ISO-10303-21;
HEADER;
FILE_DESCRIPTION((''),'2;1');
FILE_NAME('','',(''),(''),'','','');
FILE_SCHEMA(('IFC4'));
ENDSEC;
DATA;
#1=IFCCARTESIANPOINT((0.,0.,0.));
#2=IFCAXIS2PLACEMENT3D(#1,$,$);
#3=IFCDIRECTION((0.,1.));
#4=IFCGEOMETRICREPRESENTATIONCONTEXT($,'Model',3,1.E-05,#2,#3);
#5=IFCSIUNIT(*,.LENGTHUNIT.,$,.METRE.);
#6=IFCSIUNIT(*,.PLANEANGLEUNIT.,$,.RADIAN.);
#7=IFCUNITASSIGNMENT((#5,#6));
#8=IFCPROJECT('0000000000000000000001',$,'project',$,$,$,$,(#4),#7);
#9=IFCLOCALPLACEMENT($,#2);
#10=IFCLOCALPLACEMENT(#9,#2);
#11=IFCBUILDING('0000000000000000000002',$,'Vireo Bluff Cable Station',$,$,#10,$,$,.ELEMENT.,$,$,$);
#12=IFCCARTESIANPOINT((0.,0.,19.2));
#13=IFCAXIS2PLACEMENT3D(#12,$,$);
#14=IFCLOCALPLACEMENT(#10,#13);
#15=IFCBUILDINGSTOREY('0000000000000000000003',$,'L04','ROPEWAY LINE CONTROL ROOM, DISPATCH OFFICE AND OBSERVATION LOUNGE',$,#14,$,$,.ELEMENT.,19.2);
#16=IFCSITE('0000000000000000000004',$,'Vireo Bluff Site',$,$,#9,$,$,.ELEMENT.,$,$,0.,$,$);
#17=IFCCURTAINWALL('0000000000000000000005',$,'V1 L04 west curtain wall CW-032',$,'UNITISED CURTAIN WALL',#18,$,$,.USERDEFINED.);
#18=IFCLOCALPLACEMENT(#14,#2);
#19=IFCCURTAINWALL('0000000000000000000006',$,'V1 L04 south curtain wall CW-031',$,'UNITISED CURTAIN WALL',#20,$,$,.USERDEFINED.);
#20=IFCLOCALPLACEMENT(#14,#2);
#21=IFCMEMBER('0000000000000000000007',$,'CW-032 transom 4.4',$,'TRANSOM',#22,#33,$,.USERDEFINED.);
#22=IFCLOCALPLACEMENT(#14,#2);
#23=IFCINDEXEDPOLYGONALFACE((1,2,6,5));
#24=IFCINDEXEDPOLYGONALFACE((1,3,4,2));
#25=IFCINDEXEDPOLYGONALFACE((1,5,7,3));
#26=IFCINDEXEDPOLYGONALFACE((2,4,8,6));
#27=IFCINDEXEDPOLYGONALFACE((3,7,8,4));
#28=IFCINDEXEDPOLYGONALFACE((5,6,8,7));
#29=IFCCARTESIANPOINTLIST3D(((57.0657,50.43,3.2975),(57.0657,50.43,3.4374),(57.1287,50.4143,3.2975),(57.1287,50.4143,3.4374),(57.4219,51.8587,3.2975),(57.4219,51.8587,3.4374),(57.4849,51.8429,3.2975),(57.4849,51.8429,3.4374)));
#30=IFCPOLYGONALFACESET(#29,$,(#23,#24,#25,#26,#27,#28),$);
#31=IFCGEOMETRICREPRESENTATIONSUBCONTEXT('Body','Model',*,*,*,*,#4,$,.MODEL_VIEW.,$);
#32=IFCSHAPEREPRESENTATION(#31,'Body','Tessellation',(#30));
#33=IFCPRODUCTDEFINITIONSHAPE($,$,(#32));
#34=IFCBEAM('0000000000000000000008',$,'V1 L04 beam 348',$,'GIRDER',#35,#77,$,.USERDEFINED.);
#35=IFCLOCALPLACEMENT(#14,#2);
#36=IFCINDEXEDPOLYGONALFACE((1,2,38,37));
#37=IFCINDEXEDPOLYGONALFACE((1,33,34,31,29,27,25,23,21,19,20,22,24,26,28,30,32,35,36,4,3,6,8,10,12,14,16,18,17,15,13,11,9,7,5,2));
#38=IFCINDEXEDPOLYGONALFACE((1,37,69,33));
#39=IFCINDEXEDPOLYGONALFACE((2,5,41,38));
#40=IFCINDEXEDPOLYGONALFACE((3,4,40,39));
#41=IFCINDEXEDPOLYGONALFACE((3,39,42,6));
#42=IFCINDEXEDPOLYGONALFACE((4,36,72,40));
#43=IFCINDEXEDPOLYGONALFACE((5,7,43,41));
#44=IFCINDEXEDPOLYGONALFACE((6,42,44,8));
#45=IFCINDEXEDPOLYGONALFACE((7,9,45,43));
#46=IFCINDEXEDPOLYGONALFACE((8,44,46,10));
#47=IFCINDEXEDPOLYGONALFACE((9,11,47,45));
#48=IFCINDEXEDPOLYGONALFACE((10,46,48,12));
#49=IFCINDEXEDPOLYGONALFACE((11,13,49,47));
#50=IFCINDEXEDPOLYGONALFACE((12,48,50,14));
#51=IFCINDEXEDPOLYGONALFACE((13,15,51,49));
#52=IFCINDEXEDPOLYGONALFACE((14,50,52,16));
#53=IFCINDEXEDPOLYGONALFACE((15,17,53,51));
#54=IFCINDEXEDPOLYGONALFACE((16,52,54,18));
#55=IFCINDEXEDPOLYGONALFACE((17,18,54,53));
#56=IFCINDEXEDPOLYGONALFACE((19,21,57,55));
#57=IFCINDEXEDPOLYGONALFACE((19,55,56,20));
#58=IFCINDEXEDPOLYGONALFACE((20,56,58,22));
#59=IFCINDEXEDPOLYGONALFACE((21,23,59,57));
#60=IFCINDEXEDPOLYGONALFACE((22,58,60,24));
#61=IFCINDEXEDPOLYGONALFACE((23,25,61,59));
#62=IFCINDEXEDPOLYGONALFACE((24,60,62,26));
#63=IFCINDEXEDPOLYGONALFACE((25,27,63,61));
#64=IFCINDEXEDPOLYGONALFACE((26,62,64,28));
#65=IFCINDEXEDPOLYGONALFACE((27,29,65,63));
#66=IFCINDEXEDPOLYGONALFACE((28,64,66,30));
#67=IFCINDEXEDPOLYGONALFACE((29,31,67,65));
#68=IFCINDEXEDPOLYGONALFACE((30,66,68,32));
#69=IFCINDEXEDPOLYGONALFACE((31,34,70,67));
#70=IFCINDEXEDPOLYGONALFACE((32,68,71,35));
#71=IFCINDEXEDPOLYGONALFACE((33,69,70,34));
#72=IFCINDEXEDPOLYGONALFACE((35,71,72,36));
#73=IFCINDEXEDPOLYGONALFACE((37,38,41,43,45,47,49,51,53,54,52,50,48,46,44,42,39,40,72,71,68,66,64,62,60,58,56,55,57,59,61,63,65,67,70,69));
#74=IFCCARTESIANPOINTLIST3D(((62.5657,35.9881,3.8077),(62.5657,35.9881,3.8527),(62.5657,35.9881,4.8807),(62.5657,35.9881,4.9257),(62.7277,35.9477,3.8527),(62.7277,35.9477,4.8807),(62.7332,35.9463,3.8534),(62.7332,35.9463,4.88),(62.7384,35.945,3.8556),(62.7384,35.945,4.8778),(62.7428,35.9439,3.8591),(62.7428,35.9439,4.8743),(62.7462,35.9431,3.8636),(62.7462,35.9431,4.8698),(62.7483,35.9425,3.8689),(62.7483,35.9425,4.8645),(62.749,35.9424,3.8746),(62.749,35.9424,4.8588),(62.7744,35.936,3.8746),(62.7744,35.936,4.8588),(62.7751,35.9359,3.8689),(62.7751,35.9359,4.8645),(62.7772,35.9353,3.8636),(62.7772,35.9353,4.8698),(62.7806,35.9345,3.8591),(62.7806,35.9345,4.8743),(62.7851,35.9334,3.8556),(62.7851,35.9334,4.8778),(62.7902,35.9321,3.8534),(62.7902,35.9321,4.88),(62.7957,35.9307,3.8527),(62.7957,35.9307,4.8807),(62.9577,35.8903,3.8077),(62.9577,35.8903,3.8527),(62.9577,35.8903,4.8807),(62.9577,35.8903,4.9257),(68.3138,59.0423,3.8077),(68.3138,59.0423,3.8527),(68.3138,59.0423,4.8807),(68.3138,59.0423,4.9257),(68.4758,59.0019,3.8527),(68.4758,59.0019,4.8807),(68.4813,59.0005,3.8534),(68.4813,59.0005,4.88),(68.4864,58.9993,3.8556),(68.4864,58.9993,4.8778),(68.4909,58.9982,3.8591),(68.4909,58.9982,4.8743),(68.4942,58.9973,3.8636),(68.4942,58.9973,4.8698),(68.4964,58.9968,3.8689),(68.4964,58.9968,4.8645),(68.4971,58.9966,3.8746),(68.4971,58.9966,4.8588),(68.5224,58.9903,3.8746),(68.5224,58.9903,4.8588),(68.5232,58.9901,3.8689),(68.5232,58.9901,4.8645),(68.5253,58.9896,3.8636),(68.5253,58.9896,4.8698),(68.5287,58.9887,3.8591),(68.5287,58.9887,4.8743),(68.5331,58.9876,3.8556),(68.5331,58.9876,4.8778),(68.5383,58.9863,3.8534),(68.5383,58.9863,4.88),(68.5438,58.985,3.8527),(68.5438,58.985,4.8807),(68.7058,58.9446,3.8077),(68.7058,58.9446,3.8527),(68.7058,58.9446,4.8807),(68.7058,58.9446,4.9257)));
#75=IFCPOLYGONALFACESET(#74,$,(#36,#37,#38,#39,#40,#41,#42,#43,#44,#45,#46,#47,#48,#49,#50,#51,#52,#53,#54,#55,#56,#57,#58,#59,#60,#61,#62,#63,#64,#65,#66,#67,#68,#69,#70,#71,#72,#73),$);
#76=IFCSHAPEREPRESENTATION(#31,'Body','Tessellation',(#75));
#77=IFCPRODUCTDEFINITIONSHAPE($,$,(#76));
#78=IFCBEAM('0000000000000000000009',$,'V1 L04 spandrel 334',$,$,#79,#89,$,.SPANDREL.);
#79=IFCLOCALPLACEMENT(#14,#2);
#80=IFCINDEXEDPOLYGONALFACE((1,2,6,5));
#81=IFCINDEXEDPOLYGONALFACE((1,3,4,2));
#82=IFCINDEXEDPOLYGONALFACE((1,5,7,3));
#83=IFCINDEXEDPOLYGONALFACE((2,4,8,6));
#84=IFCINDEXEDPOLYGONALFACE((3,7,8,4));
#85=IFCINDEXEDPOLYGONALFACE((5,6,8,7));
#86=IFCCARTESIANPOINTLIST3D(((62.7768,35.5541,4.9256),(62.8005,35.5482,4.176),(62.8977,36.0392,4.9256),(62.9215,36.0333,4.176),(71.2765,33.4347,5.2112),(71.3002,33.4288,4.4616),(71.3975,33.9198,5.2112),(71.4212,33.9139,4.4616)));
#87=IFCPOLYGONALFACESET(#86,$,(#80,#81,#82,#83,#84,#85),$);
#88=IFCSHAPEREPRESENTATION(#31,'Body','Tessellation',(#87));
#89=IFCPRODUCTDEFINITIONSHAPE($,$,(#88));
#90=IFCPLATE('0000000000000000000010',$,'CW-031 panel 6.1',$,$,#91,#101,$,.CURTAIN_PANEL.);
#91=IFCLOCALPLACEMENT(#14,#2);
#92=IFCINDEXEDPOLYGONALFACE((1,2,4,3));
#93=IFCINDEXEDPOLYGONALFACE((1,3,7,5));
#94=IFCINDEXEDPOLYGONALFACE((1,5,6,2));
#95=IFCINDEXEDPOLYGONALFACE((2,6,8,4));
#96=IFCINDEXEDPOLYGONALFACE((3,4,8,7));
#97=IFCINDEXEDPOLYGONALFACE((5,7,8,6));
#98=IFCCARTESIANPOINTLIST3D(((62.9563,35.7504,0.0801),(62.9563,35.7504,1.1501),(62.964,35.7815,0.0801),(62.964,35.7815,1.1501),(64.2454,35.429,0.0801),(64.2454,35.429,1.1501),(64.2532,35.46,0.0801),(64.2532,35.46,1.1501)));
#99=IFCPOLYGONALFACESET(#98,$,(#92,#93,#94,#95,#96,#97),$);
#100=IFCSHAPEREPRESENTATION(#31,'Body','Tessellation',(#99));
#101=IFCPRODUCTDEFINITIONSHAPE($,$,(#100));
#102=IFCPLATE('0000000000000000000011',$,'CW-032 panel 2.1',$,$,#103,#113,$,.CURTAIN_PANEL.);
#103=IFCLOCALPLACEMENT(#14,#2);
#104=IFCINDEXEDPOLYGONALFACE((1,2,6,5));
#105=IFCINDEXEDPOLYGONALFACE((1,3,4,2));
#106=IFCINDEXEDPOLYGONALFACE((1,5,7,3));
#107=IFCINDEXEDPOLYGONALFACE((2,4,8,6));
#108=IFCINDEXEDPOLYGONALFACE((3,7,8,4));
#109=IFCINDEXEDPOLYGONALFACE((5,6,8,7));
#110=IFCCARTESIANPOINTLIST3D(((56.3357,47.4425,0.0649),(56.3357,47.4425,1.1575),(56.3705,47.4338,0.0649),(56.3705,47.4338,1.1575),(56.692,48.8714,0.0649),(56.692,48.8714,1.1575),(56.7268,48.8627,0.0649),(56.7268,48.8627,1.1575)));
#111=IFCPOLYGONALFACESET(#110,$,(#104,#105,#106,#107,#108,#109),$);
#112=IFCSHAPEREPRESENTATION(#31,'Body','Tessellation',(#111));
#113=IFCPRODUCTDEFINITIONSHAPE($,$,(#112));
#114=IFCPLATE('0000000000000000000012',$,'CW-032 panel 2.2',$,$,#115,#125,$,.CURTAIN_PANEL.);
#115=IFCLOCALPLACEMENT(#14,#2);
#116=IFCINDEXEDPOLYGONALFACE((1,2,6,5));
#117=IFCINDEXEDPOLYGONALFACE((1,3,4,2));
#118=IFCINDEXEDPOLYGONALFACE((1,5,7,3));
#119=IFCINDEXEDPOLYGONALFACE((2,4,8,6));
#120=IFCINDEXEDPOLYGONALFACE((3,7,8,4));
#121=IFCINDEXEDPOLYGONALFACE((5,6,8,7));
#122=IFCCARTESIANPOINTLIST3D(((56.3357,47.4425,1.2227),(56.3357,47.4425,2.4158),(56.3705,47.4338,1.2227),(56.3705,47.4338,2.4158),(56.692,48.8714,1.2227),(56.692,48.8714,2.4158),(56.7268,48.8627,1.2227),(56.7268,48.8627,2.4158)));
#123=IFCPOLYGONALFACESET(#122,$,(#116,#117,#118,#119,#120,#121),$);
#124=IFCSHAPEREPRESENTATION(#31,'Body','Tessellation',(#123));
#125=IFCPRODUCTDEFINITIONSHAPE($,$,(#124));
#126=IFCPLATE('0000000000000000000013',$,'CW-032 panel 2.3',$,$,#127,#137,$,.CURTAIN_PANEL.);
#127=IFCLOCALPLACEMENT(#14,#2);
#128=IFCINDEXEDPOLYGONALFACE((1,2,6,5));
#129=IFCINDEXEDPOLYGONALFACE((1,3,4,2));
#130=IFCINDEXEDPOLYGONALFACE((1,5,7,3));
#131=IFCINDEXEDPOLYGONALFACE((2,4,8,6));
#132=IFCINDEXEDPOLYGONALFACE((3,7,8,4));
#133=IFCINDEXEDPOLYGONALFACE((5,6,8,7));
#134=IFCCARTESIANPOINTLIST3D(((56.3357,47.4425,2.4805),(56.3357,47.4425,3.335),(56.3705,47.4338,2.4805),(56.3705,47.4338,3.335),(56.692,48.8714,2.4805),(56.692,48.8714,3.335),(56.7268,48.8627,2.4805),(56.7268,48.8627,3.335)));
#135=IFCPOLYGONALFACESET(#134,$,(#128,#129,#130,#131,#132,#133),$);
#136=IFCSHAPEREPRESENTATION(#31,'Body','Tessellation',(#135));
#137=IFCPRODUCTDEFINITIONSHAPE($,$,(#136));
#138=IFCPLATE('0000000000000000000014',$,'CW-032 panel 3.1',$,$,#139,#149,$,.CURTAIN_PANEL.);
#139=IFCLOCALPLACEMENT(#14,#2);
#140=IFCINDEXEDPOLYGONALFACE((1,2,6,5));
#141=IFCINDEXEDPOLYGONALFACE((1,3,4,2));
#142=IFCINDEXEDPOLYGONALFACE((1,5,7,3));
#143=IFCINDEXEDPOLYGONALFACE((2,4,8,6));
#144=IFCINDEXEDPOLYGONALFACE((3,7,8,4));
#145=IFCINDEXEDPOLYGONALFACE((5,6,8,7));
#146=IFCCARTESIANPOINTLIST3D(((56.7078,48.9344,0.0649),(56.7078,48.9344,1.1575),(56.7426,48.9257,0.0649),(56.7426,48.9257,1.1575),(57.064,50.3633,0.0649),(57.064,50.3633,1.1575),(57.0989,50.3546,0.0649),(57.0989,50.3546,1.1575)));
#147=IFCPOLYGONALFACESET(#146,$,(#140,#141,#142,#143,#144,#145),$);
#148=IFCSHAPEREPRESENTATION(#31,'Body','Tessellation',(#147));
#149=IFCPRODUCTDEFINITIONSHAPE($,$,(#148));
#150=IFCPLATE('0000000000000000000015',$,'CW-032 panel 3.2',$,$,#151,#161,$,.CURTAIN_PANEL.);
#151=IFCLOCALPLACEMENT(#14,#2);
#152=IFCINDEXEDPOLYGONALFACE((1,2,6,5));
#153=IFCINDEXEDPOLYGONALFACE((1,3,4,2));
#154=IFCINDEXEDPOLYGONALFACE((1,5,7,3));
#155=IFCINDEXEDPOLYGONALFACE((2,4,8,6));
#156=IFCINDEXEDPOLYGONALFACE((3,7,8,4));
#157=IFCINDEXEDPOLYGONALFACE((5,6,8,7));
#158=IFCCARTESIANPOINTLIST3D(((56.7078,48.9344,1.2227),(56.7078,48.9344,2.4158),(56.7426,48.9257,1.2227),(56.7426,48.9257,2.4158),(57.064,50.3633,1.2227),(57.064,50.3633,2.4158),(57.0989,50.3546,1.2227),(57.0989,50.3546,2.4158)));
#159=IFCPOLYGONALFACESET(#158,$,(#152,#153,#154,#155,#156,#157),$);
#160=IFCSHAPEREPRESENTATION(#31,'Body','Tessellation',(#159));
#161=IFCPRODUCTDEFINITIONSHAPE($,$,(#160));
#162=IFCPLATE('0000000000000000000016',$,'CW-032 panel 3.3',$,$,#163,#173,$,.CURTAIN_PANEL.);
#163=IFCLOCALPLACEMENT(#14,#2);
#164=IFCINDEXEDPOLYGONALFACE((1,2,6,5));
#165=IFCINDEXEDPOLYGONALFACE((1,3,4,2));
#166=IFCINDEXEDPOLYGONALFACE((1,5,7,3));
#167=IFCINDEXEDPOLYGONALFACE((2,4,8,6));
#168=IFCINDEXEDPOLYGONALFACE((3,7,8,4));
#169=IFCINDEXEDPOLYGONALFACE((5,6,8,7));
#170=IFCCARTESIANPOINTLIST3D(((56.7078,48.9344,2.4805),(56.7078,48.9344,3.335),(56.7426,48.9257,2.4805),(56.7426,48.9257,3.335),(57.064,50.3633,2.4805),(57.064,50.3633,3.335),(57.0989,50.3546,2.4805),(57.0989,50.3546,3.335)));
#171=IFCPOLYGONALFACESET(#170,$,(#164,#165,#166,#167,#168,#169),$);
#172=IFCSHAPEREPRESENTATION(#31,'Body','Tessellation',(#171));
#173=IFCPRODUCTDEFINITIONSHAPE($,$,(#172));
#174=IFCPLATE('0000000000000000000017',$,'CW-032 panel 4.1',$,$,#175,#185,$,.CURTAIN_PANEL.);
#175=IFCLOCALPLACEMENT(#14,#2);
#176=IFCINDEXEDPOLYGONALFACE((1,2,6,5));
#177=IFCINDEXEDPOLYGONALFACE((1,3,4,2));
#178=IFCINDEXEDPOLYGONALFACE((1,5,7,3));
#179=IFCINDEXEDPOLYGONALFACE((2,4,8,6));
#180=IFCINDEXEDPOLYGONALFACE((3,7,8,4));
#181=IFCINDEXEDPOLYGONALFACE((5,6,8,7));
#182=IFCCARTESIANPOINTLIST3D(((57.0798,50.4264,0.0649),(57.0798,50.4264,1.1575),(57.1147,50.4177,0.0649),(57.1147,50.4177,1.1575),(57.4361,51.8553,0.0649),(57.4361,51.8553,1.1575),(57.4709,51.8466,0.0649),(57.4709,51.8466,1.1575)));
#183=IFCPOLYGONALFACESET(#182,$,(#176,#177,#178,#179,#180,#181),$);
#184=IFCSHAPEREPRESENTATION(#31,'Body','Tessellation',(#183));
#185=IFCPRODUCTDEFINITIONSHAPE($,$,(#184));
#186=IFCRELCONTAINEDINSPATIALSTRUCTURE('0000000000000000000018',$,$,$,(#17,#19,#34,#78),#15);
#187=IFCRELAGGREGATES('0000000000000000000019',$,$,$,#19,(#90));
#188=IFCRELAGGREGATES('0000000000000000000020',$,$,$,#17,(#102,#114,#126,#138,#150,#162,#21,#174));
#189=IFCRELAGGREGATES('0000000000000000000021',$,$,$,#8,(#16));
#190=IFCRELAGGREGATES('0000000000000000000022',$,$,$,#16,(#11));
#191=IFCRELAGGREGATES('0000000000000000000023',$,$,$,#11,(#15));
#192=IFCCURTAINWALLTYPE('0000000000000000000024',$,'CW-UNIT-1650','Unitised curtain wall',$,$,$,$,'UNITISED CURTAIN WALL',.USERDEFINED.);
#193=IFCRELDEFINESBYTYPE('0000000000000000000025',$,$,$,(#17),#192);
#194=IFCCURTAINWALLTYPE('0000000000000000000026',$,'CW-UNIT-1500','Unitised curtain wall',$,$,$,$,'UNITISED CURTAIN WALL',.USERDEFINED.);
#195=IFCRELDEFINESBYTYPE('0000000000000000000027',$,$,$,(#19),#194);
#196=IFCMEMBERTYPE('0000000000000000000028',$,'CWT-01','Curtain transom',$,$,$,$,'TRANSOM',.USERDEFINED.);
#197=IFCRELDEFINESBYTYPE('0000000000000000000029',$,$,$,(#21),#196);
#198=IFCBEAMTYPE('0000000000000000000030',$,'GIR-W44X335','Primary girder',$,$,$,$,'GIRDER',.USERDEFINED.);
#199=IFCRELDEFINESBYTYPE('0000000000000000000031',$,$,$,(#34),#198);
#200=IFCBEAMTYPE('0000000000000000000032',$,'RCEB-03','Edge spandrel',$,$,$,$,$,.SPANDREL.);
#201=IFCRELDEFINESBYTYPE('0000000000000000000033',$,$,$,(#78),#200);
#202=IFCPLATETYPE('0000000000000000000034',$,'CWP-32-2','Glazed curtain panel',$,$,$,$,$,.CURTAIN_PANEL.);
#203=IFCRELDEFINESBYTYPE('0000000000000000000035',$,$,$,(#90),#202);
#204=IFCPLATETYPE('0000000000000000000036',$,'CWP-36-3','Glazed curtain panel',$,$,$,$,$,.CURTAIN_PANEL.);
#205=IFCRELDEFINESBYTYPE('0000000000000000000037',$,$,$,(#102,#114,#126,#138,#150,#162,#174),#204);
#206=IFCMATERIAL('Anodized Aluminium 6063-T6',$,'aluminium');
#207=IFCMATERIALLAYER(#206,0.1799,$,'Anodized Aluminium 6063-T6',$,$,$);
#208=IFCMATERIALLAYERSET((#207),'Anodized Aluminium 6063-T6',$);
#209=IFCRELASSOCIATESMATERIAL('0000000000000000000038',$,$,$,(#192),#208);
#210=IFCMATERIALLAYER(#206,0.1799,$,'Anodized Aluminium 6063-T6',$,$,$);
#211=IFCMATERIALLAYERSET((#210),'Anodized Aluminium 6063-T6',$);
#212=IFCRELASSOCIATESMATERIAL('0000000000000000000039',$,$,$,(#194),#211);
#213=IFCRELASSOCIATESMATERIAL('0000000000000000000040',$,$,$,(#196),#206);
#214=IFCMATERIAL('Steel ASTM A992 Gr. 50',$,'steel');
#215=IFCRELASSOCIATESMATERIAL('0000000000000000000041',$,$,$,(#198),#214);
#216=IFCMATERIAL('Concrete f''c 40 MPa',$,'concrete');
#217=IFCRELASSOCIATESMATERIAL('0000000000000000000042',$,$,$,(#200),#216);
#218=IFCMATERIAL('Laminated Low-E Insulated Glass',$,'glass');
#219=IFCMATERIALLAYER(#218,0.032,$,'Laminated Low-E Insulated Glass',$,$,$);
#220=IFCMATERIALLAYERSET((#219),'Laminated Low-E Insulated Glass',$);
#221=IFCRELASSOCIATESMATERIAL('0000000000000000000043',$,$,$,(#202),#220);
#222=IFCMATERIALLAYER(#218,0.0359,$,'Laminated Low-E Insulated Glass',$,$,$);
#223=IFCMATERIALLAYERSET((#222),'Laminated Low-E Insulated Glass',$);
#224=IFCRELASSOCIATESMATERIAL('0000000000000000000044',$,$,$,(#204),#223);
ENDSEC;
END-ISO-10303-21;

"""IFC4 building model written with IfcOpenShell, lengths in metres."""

from ifc_helpers import new_model, si_unit, direction, frame, origin, origin_2d, place, context, subcontext, project, spatial, rectangle, i_section, extrude, material, layer, layer_set, material_profile, profile_set, type_object, element, aggregate, save


model = new_model("IFC4")

# Units and contexts
model_context = context("Model", 3, precision=1e-05, world=origin(), true_north=direction((0.0, 1.0)))
body_context = subcontext(model_context, "Body", "Model", "MODEL_VIEW")
ifc_project = project(units=[si_unit("LENGTHUNIT", "METRE"), si_unit("PLANEANGLEUNIT", "RADIAN")], contexts=[model_context])

# Site, building, storey
site_placement = place(None, origin())
site = spatial("IfcSite", under=ifc_project, at=site_placement, Name="Vireo Bluff Site", CompositionType="ELEMENT", RefElevation=0.0)
building_placement = place(site_placement, origin())
building = spatial("IfcBuilding", under=site, at=building_placement, Name="Vireo Bluff Cable Station", CompositionType="ELEMENT")
storey_placement = place(building_placement, frame((0.0, 0.0, 19.2)))
storey = spatial("IfcBuildingStorey", under=building, at=storey_placement, Name="L04", Description="ROPEWAY LINE CONTROL ROOM, DISPATCH OFFICE AND OBSERVATION LOUNGE", CompositionType="ELEMENT", Elevation=19.2)

# Shared definitions
ifc_material_1 = material(Name="Steel ASTM A992 Gr. 50", Category="steel")

# Curtain wall
ifc_material_2 = material(Name="Anodized Aluminium 6063-T6", Category="aluminium")
ifc_layer_1 = layer(ifc_material_2, 0.1799, Name="Anodized Aluminium 6063-T6")
ifc_layer_set_1 = layer_set([ifc_layer_1], Name="Anodized Aluminium 6063-T6")
curtain_wall_type_1 = type_object("IfcCurtainWallType", Name="CW-UNIT-1650", Description="Unitised curtain wall", ElementType="UNITISED CURTAIN WALL", PredefinedType="USERDEFINED", material=ifc_layer_set_1)
curtain_wall_1_placement = place(storey_placement, origin())
curtain_wall_1 = element("IfcCurtainWall", 1, at=curtain_wall_1_placement, inside=storey, type_object=curtain_wall_type_1, Name="V1 L04 west curtain wall CW-032", ObjectType="UNITISED CURTAIN WALL", PredefinedType="USERDEFINED")

# Curtain wall
ifc_layer_2 = layer(ifc_material_2, 0.1799, Name="Anodized Aluminium 6063-T6")
ifc_layer_set_2 = layer_set([ifc_layer_2], Name="Anodized Aluminium 6063-T6")
curtain_wall_type_2 = type_object("IfcCurtainWallType", Name="CW-UNIT-1500", Description="Unitised curtain wall", ElementType="UNITISED CURTAIN WALL", PredefinedType="USERDEFINED", material=ifc_layer_set_2)
curtain_wall_2_placement = place(storey_placement, origin())
curtain_wall_2 = element("IfcCurtainWall", 2, at=curtain_wall_2_placement, inside=storey, type_object=curtain_wall_type_2, Name="V1 L04 south curtain wall CW-031", ObjectType="UNITISED CURTAIN WALL", PredefinedType="USERDEFINED")

# Member
ifc_material_profile_1 = material_profile(ifc_material_2, rectangle(XDim=0.0649, YDim=0.1399, at=origin_2d()), Name="ALU-T-65X140")
ifc_profile_set_1 = profile_set([ifc_material_profile_1], Name="Anodized Aluminium 6063-T6")
member_type_1 = type_object("IfcMemberType", Name="CWT-01", Description="Curtain transom", ElementType="TRANSOM", PredefinedType="USERDEFINED", material=ifc_profile_set_1)
member_1_placement = place(storey_placement, frame((57.0972, 50.4221, 3.3674), z_axis=(0.241911, 0.970298, 0.0), x_axis=(-0.970298, 0.241911, 0.0)))
member_1 = element("IfcMember", 3, at=member_1_placement, type_object=member_type_1, Name="CW-032 transom 4.4", ObjectType="TRANSOM", PredefinedType="USERDEFINED", context=body_context, shape_type="SweptSolid", body=[
    extrude(rectangle(XDim=0.0649, YDim=0.1399, at=origin_2d()), origin(), (0.0, 0.0, 1.0), 1.4724),
])

# Beams
ifc_material_profile_2 = material_profile(ifc_material_1, i_section(OverallWidth=0.4041, OverallDepth=1.1179, WebThickness=0.0261, FlangeThickness=0.0449, FilletRadius=0.022, at=origin_2d()), Name="W44X335")
ifc_profile_set_2 = profile_set([ifc_material_profile_2], Name="Steel ASTM A992 Gr. 50")
beam_type_1 = type_object("IfcBeamType", Name="GIR-W44X335", Description="Primary girder", ElementType="GIRDER", PredefinedType="USERDEFINED", material=ifc_profile_set_2)
beam_1_placement = place(storey_placement, frame((62.7617, 35.9392, 4.3667), z_axis=(0.241921, 0.970296, 0.0), x_axis=(-0.970296, 0.241921, 0.0)))
element("IfcBeam", 4, at=beam_1_placement, inside=storey, type_object=beam_type_1, Name="V1 L04 beam 348", ObjectType="GIRDER", PredefinedType="USERDEFINED", context=body_context, shape_type="SweptSolid", body=[
    extrude(i_section(OverallWidth=0.4041, OverallDepth=1.1179, WebThickness=0.0261, FlangeThickness=0.0449, FilletRadius=0.022, at=origin_2d()), origin(), (0.0, 0.0, 1.0), 23.76),
])
ifc_material_3 = material(Name="Concrete f'c 40 MPa", Category="concrete")
ifc_material_profile_3 = material_profile(ifc_material_3, rectangle(XDim=0.5, YDim=0.75, at=origin_2d()), Name="RC-EB-500X750")
ifc_profile_set_3 = profile_set([ifc_material_profile_3], Name="Concrete f'c 40 MPa")
beam_type_2 = type_object("IfcBeamType", Name="RCEB-03", Description="Edge spandrel", PredefinedType="SPANDREL", material=ifc_profile_set_3)
beam_2_placement = place(storey_placement, frame((62.8491, 35.7937, 4.5508), z_axis=(0.969776, -0.24181, 0.03259), x_axis=(0.241939, 0.970292, 0.0)))
element("IfcBeam", 5, at=beam_2_placement, inside=storey, type_object=beam_type_2, Name="V1 L04 spandrel 334", PredefinedType="SPANDREL", context=body_context, shape_type="SweptSolid", body=[
    extrude(rectangle(XDim=0.5, YDim=0.75, at=origin_2d()), origin(), (0.0, 0.0, 1.0), 8.7646),
])

# Plates
ifc_material_4 = material(Name="Laminated Low-E Insulated Glass", Category="glass")
ifc_layer_3 = layer(ifc_material_4, 0.032, Name="Laminated Low-E Insulated Glass")
ifc_layer_set_3 = layer_set([ifc_layer_3], Name="Laminated Low-E Insulated Glass")
plate_type_1 = type_object("IfcPlateType", Name="CWP-32-2", Description="Glazed curtain panel", PredefinedType="CURTAIN_PANEL", material=ifc_layer_set_3)
plate_1_placement = place(storey_placement, frame((63.6047, 35.6052, 0.0801), z_axis=(0.0, 0.0, 1.0), x_axis=(-0.970296, 0.241922, 0.0)))
plate_1 = element("IfcPlate", 6, at=plate_1_placement, type_object=plate_type_1, Name="CW-031 panel 6.1", PredefinedType="CURTAIN_PANEL", context=body_context, shape_type="SweptSolid", body=[
    extrude(rectangle(XDim=1.3286, YDim=0.032, at=origin_2d()), origin(), (0.0, 0.0, 1.0), 1.0701),
])
aggregate(curtain_wall_2, [plate_1])
ifc_layer_4 = layer(ifc_material_4, 0.0359, Name="Laminated Low-E Insulated Glass")
ifc_layer_set_4 = layer_set([ifc_layer_4], Name="Laminated Low-E Insulated Glass")
plate_type_2 = type_object("IfcPlateType", Name="CWP-36-3", Description="Glazed curtain panel", PredefinedType="CURTAIN_PANEL", material=ifc_layer_set_4)
plate_2_placement = place(storey_placement, frame((56.5312, 48.1526, 0.0649), z_axis=(0.0, 0.0, 1.0), x_axis=(0.241922, 0.970296, 0.0)))
plate_2 = element("IfcPlate", 7, at=plate_2_placement, type_object=plate_type_2, Name="CW-032 panel 2.1", PredefinedType="CURTAIN_PANEL", context=body_context, shape_type="SweptSolid", body=[
    extrude(rectangle(XDim=1.4727, YDim=0.0359, at=origin_2d()), origin(), (0.0, 0.0, 1.0), 1.0925),
])
plate_3_placement = place(storey_placement, frame((56.5312, 48.1526, 1.2227), z_axis=(0.0, 0.0, 1.0), x_axis=(0.241922, 0.970296, 0.0)))
plate_3 = element("IfcPlate", 8, at=plate_3_placement, type_object=plate_type_2, Name="CW-032 panel 2.2", PredefinedType="CURTAIN_PANEL", context=body_context, shape_type="SweptSolid", body=[
    extrude(rectangle(XDim=1.4727, YDim=0.0359, at=origin_2d()), origin(), (0.0, 0.0, 1.0), 1.1931),
])
plate_4_placement = place(storey_placement, frame((56.5312, 48.1526, 2.4805), z_axis=(0.0, 0.0, 1.0), x_axis=(0.241922, 0.970296, 0.0)))
plate_4 = element("IfcPlate", 9, at=plate_4_placement, type_object=plate_type_2, Name="CW-032 panel 2.3", PredefinedType="CURTAIN_PANEL", context=body_context, shape_type="SweptSolid", body=[
    extrude(rectangle(XDim=1.4727, YDim=0.0359, at=origin_2d()), origin(), (0.0, 0.0, 1.0), 0.8545),
])
plate_5_placement = place(storey_placement, frame((56.9033, 49.6445, 0.0649), z_axis=(0.0, 0.0, 1.0), x_axis=(0.241922, 0.970296, 0.0)))
plate_5 = element("IfcPlate", 10, at=plate_5_placement, type_object=plate_type_2, Name="CW-032 panel 3.1", PredefinedType="CURTAIN_PANEL", context=body_context, shape_type="SweptSolid", body=[
    extrude(rectangle(XDim=1.4727, YDim=0.0359, at=origin_2d()), origin(), (0.0, 0.0, 1.0), 1.0925),
])
plate_6_placement = place(storey_placement, frame((56.9033, 49.6445, 1.2227), z_axis=(0.0, 0.0, 1.0), x_axis=(0.241922, 0.970296, 0.0)))
plate_6 = element("IfcPlate", 11, at=plate_6_placement, type_object=plate_type_2, Name="CW-032 panel 3.2", PredefinedType="CURTAIN_PANEL", context=body_context, shape_type="SweptSolid", body=[
    extrude(rectangle(XDim=1.4727, YDim=0.0359, at=origin_2d()), origin(), (0.0, 0.0, 1.0), 1.1931),
])
plate_7_placement = place(storey_placement, frame((56.9033, 49.6445, 2.4805), z_axis=(0.0, 0.0, 1.0), x_axis=(0.241922, 0.970296, 0.0)))
plate_7 = element("IfcPlate", 12, at=plate_7_placement, type_object=plate_type_2, Name="CW-032 panel 3.3", PredefinedType="CURTAIN_PANEL", context=body_context, shape_type="SweptSolid", body=[
    extrude(rectangle(XDim=1.4727, YDim=0.0359, at=origin_2d()), origin(), (0.0, 0.0, 1.0), 0.8545),
])
plate_8_placement = place(storey_placement, frame((57.2754, 51.1365, 0.0649), z_axis=(0.0, 0.0, 1.0), x_axis=(0.241922, 0.970296, 0.0)))
plate_8 = element("IfcPlate", 13, at=plate_8_placement, type_object=plate_type_2, Name="CW-032 panel 4.1", PredefinedType="CURTAIN_PANEL", context=body_context, shape_type="SweptSolid", body=[
    extrude(rectangle(XDim=1.4727, YDim=0.0359, at=origin_2d()), origin(), (0.0, 0.0, 1.0), 1.0925),
])
aggregate(curtain_wall_1, [plate_2, plate_3, plate_4, plate_5, plate_6, plate_7, member_1, plate_8])

save(model, "model.ifc")
